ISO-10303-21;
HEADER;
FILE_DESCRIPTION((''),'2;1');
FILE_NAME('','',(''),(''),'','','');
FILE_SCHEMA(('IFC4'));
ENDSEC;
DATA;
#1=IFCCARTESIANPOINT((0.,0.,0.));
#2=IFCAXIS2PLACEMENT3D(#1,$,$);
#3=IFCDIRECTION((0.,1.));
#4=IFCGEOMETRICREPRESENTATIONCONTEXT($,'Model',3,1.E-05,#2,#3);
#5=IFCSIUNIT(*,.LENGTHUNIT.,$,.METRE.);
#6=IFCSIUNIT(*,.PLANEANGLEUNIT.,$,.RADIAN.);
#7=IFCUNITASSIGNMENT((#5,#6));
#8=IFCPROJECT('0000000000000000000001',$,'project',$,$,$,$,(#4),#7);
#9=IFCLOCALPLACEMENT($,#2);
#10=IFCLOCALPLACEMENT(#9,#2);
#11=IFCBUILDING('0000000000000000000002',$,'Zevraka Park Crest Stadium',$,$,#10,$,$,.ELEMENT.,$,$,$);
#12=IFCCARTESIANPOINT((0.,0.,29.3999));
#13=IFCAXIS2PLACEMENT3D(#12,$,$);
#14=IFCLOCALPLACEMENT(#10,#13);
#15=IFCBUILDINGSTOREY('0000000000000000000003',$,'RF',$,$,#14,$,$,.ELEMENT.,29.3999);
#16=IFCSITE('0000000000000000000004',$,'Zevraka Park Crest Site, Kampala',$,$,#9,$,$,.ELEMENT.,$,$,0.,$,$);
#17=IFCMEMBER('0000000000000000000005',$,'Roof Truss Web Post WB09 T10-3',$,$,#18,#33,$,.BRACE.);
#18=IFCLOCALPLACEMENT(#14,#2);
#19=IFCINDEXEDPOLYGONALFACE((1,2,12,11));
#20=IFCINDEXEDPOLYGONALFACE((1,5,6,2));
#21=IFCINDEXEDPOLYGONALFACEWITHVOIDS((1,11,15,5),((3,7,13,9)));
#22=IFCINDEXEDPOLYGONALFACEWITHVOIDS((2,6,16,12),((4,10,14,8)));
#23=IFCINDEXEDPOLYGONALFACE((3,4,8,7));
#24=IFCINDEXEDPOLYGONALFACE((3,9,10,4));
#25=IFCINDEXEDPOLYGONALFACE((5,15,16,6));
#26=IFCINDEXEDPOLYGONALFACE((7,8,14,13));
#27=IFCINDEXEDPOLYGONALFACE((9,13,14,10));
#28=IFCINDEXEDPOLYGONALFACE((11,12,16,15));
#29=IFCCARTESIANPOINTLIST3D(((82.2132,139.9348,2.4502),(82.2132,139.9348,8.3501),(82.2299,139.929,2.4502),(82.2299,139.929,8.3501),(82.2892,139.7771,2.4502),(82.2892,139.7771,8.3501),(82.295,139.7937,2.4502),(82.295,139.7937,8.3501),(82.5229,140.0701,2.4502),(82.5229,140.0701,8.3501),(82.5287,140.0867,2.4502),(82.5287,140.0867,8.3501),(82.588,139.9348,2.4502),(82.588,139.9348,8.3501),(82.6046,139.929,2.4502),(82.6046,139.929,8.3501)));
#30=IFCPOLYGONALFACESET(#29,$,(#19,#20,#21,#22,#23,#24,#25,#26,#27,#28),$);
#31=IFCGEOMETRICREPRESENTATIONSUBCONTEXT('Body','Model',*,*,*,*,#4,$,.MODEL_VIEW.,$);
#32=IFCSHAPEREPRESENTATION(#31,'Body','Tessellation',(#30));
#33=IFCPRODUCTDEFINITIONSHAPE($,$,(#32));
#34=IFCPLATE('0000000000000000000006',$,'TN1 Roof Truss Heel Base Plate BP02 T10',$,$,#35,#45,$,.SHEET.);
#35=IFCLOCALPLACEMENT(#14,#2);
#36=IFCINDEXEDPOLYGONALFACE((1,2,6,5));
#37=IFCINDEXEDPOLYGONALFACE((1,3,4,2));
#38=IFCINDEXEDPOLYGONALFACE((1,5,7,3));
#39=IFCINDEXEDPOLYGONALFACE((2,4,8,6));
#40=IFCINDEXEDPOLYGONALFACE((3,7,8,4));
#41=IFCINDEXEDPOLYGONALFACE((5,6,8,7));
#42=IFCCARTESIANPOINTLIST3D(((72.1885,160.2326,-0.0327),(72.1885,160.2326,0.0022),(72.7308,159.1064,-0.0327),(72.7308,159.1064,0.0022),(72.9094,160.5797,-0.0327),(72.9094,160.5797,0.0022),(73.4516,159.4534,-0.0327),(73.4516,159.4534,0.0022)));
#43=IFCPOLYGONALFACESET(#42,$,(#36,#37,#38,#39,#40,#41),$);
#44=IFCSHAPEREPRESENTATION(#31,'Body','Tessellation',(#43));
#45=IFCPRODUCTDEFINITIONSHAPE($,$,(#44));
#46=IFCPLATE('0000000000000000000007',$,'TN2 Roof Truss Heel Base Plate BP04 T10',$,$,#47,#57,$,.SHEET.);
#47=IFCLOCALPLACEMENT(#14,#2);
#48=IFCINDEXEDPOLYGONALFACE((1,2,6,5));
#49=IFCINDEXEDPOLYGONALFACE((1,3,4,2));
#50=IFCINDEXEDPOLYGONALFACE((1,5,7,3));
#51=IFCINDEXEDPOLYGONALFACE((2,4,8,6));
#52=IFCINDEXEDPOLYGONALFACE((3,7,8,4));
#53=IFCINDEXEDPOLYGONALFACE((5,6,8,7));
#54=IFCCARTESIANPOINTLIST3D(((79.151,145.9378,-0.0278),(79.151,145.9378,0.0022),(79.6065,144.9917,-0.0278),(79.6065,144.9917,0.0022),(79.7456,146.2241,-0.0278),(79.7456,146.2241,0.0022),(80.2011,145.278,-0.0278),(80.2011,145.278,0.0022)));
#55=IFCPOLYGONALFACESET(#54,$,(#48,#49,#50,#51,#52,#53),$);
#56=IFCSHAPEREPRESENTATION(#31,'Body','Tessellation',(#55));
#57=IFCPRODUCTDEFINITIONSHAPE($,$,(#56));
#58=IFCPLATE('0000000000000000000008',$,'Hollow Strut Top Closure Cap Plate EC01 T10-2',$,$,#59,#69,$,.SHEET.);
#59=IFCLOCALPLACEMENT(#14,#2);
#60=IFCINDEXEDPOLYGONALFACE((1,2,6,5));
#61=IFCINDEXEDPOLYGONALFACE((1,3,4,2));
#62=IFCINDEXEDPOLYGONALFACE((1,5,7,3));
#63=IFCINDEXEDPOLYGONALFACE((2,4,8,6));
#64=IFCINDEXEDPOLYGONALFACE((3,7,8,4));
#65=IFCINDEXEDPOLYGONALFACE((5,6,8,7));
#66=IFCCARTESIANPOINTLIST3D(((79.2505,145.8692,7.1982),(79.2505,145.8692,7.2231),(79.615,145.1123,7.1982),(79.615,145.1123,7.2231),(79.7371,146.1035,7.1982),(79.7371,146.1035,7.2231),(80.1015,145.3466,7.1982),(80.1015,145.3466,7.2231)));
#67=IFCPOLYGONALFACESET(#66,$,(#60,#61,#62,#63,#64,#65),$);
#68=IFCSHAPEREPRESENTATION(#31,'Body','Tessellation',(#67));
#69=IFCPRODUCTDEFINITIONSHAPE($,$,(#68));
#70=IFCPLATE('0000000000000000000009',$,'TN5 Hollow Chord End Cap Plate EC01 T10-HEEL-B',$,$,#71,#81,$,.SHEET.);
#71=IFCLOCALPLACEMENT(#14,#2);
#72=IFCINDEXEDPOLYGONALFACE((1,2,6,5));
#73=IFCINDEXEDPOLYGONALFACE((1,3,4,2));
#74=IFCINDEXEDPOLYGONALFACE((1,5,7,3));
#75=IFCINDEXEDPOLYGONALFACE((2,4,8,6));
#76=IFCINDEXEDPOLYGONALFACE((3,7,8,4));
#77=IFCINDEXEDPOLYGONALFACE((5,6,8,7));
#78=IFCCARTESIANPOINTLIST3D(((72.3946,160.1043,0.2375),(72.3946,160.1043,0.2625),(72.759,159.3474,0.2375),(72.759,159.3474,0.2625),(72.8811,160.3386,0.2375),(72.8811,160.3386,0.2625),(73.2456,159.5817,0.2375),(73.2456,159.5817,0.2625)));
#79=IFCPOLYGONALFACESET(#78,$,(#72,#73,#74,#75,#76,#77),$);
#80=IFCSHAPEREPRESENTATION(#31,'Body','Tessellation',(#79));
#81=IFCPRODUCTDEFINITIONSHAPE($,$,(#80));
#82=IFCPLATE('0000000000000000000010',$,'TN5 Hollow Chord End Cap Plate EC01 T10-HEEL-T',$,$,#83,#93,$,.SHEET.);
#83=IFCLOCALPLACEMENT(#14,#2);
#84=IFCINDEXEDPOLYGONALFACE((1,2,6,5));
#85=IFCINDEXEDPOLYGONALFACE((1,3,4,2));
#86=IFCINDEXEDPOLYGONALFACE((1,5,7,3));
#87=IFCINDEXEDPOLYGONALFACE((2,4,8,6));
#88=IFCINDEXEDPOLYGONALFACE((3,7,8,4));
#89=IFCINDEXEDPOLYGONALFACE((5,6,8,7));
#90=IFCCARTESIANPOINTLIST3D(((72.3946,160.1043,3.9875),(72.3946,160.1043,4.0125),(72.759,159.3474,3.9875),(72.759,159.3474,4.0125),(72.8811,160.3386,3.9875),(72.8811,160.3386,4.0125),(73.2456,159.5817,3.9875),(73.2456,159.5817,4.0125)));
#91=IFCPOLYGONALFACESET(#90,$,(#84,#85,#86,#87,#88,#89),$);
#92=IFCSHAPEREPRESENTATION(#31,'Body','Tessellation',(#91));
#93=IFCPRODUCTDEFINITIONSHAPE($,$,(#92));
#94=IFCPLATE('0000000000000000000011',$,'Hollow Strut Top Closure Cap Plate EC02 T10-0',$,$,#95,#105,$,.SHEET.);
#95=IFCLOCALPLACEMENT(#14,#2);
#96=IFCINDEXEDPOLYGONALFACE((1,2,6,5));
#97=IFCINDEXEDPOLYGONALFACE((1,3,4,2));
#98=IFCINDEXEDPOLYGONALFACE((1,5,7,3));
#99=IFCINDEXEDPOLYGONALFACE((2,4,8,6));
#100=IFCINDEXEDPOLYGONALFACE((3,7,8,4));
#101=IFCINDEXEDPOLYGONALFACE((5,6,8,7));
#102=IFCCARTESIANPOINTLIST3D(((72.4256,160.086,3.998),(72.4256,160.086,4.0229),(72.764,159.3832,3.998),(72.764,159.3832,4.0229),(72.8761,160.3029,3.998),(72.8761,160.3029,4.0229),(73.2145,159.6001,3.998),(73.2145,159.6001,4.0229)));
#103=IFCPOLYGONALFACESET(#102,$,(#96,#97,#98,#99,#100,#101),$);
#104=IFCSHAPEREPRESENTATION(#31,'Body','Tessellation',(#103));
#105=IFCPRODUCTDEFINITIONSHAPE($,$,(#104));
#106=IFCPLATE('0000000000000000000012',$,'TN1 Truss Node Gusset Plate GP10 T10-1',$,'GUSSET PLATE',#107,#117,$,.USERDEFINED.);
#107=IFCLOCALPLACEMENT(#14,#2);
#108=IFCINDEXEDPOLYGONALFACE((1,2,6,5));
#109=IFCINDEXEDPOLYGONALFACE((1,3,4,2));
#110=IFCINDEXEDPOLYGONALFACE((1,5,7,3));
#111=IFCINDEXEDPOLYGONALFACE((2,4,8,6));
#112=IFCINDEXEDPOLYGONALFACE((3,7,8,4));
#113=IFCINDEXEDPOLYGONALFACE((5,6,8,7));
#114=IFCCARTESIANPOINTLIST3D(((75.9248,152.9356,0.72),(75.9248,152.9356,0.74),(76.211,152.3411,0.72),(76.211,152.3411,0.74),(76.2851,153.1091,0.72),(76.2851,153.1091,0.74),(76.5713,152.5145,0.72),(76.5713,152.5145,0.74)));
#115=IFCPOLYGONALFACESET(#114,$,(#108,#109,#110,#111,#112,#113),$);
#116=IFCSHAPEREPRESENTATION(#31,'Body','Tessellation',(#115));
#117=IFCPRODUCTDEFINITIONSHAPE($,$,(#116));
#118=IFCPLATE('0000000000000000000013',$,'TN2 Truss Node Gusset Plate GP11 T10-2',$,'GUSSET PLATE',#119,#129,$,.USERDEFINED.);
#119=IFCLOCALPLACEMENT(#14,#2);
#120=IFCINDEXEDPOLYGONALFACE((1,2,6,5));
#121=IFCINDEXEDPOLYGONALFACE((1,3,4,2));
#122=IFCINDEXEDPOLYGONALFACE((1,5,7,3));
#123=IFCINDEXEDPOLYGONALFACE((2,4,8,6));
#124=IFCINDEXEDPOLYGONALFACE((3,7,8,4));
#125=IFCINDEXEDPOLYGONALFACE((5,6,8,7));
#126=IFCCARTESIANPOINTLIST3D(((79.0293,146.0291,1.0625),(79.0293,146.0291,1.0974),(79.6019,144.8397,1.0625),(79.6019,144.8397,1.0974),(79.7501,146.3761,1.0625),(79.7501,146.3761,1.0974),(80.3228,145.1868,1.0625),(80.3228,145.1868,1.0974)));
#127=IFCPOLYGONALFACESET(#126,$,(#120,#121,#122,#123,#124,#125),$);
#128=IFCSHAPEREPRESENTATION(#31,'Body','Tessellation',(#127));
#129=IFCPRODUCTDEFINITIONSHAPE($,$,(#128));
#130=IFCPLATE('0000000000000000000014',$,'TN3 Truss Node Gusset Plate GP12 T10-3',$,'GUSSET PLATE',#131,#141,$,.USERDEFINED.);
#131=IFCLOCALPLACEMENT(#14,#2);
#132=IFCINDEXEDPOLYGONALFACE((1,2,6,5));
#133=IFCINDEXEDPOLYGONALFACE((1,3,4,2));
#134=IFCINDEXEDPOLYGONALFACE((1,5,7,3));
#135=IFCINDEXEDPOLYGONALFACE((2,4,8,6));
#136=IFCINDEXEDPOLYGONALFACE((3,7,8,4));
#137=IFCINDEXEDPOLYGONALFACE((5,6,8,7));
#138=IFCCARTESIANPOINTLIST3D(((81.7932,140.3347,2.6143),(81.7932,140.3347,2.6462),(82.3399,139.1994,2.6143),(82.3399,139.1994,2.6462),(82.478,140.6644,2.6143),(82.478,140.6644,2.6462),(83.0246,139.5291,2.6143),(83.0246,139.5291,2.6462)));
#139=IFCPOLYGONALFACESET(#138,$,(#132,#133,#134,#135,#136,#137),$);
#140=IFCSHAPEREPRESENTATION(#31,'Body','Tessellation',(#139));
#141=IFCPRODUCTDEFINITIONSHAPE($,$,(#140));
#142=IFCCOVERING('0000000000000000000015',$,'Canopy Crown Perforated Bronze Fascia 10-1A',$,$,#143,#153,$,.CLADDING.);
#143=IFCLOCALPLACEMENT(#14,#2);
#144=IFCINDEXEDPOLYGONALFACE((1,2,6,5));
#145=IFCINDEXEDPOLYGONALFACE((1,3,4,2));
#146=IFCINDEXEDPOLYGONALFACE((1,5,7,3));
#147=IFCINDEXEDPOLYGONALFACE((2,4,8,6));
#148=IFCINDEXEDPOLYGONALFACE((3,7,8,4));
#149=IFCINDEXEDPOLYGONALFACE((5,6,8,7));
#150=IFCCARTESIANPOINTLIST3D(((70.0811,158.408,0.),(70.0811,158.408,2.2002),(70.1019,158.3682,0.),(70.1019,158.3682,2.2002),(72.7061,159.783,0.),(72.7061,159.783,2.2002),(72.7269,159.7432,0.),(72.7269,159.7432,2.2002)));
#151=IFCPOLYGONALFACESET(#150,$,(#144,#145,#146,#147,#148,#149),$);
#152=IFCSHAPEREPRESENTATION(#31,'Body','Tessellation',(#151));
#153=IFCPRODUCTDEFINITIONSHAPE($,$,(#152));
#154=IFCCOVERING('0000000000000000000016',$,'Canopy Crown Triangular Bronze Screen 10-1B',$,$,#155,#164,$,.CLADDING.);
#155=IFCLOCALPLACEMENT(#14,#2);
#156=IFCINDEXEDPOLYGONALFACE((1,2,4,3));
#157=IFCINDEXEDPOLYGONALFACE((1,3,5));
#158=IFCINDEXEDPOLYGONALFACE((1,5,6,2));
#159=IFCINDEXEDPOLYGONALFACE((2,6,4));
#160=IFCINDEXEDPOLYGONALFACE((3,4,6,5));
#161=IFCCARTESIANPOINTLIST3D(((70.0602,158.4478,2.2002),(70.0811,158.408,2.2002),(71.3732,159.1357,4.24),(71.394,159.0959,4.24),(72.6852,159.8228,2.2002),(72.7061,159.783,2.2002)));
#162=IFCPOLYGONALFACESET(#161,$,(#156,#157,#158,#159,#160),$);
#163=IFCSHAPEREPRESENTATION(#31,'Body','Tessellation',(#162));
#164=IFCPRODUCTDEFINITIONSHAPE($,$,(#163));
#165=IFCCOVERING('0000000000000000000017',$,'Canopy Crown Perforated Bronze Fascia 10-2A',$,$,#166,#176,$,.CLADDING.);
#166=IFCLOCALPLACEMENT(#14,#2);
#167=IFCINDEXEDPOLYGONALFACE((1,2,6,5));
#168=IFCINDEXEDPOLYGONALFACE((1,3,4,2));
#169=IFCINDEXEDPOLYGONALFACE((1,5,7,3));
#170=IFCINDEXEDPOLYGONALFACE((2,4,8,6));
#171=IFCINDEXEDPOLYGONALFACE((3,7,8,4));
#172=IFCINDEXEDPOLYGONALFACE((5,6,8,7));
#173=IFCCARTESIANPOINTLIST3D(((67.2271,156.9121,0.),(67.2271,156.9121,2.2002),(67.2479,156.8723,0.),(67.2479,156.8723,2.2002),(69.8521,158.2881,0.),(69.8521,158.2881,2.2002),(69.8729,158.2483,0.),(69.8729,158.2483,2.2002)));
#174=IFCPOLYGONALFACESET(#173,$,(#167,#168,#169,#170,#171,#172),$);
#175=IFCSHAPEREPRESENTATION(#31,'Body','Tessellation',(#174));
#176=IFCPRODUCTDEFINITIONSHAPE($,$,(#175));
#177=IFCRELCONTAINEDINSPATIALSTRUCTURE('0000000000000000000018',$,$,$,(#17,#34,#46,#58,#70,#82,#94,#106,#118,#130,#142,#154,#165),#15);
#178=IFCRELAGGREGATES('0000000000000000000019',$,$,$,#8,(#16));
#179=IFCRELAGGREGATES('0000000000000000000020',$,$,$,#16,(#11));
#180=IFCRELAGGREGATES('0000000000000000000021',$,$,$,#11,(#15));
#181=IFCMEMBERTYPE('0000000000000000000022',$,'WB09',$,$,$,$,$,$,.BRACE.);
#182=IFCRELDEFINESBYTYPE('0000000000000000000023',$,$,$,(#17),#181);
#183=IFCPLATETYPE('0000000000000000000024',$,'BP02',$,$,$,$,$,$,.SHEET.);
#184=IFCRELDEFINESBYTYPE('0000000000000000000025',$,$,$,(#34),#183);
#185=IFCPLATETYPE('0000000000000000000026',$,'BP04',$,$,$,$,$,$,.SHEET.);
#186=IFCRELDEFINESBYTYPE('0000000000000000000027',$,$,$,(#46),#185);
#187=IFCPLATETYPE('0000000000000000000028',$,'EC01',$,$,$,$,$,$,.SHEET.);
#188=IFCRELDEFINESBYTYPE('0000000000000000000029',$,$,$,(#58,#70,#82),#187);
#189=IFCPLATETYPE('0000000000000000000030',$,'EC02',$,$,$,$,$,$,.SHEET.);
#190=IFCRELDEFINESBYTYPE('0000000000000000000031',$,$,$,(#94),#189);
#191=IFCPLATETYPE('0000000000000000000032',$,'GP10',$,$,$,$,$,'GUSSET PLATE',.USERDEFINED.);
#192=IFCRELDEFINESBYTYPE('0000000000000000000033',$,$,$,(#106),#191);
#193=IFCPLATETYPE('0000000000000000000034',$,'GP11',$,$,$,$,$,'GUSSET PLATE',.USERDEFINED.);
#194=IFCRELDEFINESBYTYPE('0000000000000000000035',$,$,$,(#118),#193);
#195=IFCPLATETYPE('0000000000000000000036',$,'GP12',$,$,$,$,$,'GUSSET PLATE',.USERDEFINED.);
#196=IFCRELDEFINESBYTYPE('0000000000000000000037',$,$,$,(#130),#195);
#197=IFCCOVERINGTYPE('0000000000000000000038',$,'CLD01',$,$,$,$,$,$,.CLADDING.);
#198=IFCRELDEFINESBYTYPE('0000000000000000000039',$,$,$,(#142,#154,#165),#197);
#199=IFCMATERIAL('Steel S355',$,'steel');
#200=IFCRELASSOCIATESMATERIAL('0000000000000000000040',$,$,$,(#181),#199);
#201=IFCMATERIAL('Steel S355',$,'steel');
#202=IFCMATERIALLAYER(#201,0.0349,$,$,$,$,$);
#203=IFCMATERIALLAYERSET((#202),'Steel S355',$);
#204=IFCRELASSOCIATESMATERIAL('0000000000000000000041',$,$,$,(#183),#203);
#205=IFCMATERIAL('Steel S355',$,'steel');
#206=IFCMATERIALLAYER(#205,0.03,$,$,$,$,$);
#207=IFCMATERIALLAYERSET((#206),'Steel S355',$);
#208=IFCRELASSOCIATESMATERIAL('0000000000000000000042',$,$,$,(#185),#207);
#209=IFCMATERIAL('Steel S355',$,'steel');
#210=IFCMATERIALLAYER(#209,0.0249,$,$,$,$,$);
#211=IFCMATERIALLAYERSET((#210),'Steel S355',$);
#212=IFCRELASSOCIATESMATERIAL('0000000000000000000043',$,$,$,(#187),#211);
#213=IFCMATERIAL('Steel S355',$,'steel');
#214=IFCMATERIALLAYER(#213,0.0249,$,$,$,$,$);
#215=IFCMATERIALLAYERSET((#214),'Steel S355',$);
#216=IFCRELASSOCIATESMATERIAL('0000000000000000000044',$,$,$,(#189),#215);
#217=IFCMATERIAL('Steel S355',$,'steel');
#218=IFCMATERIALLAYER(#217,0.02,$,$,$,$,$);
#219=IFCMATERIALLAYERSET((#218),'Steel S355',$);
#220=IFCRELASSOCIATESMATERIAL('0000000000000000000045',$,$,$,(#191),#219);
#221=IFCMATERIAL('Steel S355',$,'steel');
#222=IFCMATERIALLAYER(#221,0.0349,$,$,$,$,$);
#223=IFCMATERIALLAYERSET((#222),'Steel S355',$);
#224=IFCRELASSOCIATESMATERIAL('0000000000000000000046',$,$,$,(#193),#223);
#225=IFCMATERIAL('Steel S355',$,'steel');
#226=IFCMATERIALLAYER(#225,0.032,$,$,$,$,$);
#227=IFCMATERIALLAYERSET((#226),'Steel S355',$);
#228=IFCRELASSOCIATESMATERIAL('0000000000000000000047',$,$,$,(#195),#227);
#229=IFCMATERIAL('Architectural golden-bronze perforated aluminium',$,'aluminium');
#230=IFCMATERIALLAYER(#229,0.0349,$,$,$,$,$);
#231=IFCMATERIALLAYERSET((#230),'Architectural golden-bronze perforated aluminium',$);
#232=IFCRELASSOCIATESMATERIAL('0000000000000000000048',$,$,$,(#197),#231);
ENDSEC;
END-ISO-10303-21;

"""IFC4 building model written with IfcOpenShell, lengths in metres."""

from ifc_helpers import new_model, si_unit, direction, frame, origin, origin_2d, place, context, subcontext, project, spatial, polyline, rectangle, hollow_rectangle, outline, extrude, material, layer, layer_set, material_profile, profile_set, type_object, element, save


model = new_model("IFC4")

# Units and contexts
model_context = context("Model", 3, precision=1e-05, world=origin(), true_north=direction((0.0, 1.0)))
body_context = subcontext(model_context, "Body", "Model", "MODEL_VIEW")
ifc_project = project(units=[si_unit("LENGTHUNIT", "METRE"), si_unit("PLANEANGLEUNIT", "RADIAN")], contexts=[model_context])

# Site, building, storey
site_placement = place(None, origin())
site = spatial("IfcSite", under=ifc_project, at=site_placement, Name="Zevraka Park Crest Site, Kampala", CompositionType="ELEMENT", RefElevation=0.0)
building_placement = place(site_placement, origin())
building = spatial("IfcBuilding", under=site, at=building_placement, Name="Zevraka Park Crest Stadium", CompositionType="ELEMENT")
storey_placement = place(building_placement, frame((0.0, 0.0, 29.3999)))
storey = spatial("IfcBuildingStorey", under=building, at=storey_placement, Name="RF", CompositionType="ELEMENT", Elevation=29.3999)

# Member
ifc_material_1 = material(Name="Steel S355", Category="steel")
ifc_material_profile_1 = material_profile(ifc_material_1, hollow_rectangle(XDim=0.175, YDim=0.3501, WallThickness=0.0125, at=origin_2d()), Name="RHS 350x175x12.5")
ifc_profile_set_1 = profile_set([ifc_material_profile_1], Name="Steel S355")
member_type_1 = type_object("IfcMemberType", Name="WB09", PredefinedType="BRACE", material=ifc_profile_set_1)
member_1_placement = place(storey_placement, frame((82.4089, 139.9319, 2.4502), z_axis=(0.0, 0.0, 1.0), x_axis=(-0.433816, 0.901001, 0.0)))
element("IfcMember", 1, at=member_1_placement, inside=storey, type_object=member_type_1, Name="Roof Truss Web Post WB09 T10-3", PredefinedType="BRACE", context=body_context, shape_type="SweptSolid", body=[
    extrude(hollow_rectangle(XDim=0.175, YDim=0.3501, WallThickness=0.0125, at=origin_2d()), origin(), (0.0, 0.0, 1.0), 5.8999),
])

# Plates
ifc_material_2 = material(Name="Steel S355", Category="steel")
ifc_layer_1 = layer(ifc_material_2, 0.0349)
ifc_layer_set_1 = layer_set([ifc_layer_1], Name="Steel S355")
plate_type_1 = type_object("IfcPlateType", Name="BP02", PredefinedType="SHEET", material=ifc_layer_set_1)
plate_1_placement = place(storey_placement, frame((72.8201, 159.843, -0.0327), z_axis=(0.0, 0.0, 1.0), x_axis=(-0.433816, 0.901001, 0.0)))
element("IfcPlate", 2, at=plate_1_placement, inside=storey, type_object=plate_type_1, Name="TN1 Roof Truss Heel Base Plate BP02 T10", PredefinedType="SHEET", context=body_context, shape_type="SweptSolid", body=[
    extrude(rectangle(XDim=1.25, YDim=0.8, at=origin_2d()), origin(), (0.0, 0.0, 1.0), 0.0349),
])
ifc_material_3 = material(Name="Steel S355", Category="steel")
ifc_layer_2 = layer(ifc_material_3, 0.03)
ifc_layer_set_2 = layer_set([ifc_layer_2], Name="Steel S355")
plate_type_2 = type_object("IfcPlateType", Name="BP04", PredefinedType="SHEET", material=ifc_layer_set_2)
plate_2_placement = place(storey_placement, frame((79.676, 145.6079, -0.0278), z_axis=(0.0, 0.0, 1.0), x_axis=(-0.433816, 0.901001, 0.0)))
element("IfcPlate", 3, at=plate_2_placement, inside=storey, type_object=plate_type_2, Name="TN2 Roof Truss Heel Base Plate BP04 T10", PredefinedType="SHEET", context=body_context, shape_type="SweptSolid", body=[
    extrude(rectangle(XDim=1.05, YDim=0.6599, at=origin_2d()), origin(), (0.0, 0.0, 1.0), 0.03),
])
ifc_material_4 = material(Name="Steel S355", Category="steel")
ifc_layer_3 = layer(ifc_material_4, 0.0249)
ifc_layer_set_3 = layer_set([ifc_layer_3], Name="Steel S355")
plate_type_3 = type_object("IfcPlateType", Name="EC01", PredefinedType="SHEET", material=ifc_layer_set_3)
for number, where, z_axis, x_axis, name in (
    (4, (79.676, 145.6079, 7.1982), (0.0, 0.0, 1.0), (-0.433816, 0.901001, 0.0), "Hollow Strut Top Closure Cap Plate EC01 T10-2"),
    (5, (72.8201, 159.843, 0.2375), (0.0, 0.0, 1.0), (-0.433816, 0.901001, 0.0), "TN5 Hollow Chord End Cap Plate EC01 T10-HEEL-B"),
    (6, (72.8201, 159.843, 3.9875), (0.0, 0.0, 1.0), (-0.433816, 0.901001, 0.0), "TN5 Hollow Chord End Cap Plate EC01 T10-HEEL-T"),
):
    element("IfcPlate", number, at=place(storey_placement, frame(where, z_axis=z_axis, x_axis=x_axis)), inside=storey, type_object=plate_type_3, Name=name, PredefinedType="SHEET", context=body_context, shape_type="SweptSolid", body=[
        extrude(rectangle(XDim=0.8401, YDim=0.54, at=origin_2d()), origin(), (0.0, 0.0, 1.0), 0.0249),
    ])
ifc_material_5 = material(Name="Steel S355", Category="steel")
ifc_layer_4 = layer(ifc_material_5, 0.0249)
ifc_layer_set_4 = layer_set([ifc_layer_4], Name="Steel S355")
plate_type_4 = type_object("IfcPlateType", Name="EC02", PredefinedType="SHEET", material=ifc_layer_set_4)
plate_3_placement = place(storey_placement, frame((72.8201, 159.843, 3.998), z_axis=(0.0, 0.0, 1.0), x_axis=(-0.433816, 0.901001, 0.0)))
element("IfcPlate", 7, at=plate_3_placement, inside=storey, type_object=plate_type_4, Name="Hollow Strut Top Closure Cap Plate EC02 T10-0", PredefinedType="SHEET", context=body_context, shape_type="SweptSolid", body=[
    extrude(rectangle(XDim=0.78, YDim=0.5, at=origin_2d()), origin(), (0.0, 0.0, 1.0), 0.0249),
])
ifc_material_6 = material(Name="Steel S355", Category="steel")
ifc_layer_5 = layer(ifc_material_6, 0.02)
ifc_layer_set_5 = layer_set([ifc_layer_5], Name="Steel S355")
plate_type_5 = type_object("IfcPlateType", Name="GP10", ElementType="GUSSET PLATE", PredefinedType="USERDEFINED", material=ifc_layer_set_5)
plate_4_placement = place(storey_placement, frame((76.248, 152.7251, 0.72), z_axis=(0.0, 0.0, 1.0), x_axis=(-0.433816, 0.901001, 0.0)))
element("IfcPlate", 8, at=plate_4_placement, inside=storey, type_object=plate_type_5, Name="TN1 Truss Node Gusset Plate GP10 T10-1", ObjectType="GUSSET PLATE", PredefinedType="USERDEFINED", context=body_context, shape_type="SweptSolid", body=[
    extrude(rectangle(XDim=0.6599, YDim=0.3999, at=origin_2d()), origin(), (0.0, 0.0, 1.0), 0.02),
])
ifc_material_7 = material(Name="Steel S355", Category="steel")
ifc_layer_6 = layer(ifc_material_7, 0.0349)
ifc_layer_set_6 = layer_set([ifc_layer_6], Name="Steel S355")
plate_type_6 = type_object("IfcPlateType", Name="GP11", ElementType="GUSSET PLATE", PredefinedType="USERDEFINED", material=ifc_layer_set_6)
plate_5_placement = place(storey_placement, frame((79.676, 145.6079, 1.0625), z_axis=(0.0, 0.0, 1.0), x_axis=(-0.433816, 0.901001, 0.0)))
element("IfcPlate", 9, at=plate_5_placement, inside=storey, type_object=plate_type_6, Name="TN2 Truss Node Gusset Plate GP11 T10-2", ObjectType="GUSSET PLATE", PredefinedType="USERDEFINED", context=body_context, shape_type="SweptSolid", body=[
    extrude(rectangle(XDim=1.3201, YDim=0.8, at=origin_2d()), origin(), (0.0, 0.0, 1.0), 0.0349),
])
ifc_material_8 = material(Name="Steel S355", Category="steel")
ifc_layer_7 = layer(ifc_material_8, 0.032)
ifc_layer_set_7 = layer_set([ifc_layer_7], Name="Steel S355")
plate_type_7 = type_object("IfcPlateType", Name="GP12", ElementType="GUSSET PLATE", PredefinedType="USERDEFINED", material=ifc_layer_set_7)
plate_6_placement = place(storey_placement, frame((82.4089, 139.9319, 2.6143), z_axis=(0.0, 0.0, 1.0), x_axis=(-0.433816, 0.901001, 0.0)))
element("IfcPlate", 10, at=plate_6_placement, inside=storey, type_object=plate_type_7, Name="TN3 Truss Node Gusset Plate GP12 T10-3", ObjectType="GUSSET PLATE", PredefinedType="USERDEFINED", context=body_context, shape_type="SweptSolid", body=[
    extrude(rectangle(XDim=1.26, YDim=0.76, at=origin_2d()), origin(), (0.0, 0.0, 1.0), 0.032),
])

# Coverings
ifc_material_9 = material(Name="Architectural golden-bronze perforated aluminium", Category="aluminium")
ifc_layer_8 = layer(ifc_material_9, 0.0349)
ifc_layer_set_8 = layer_set([ifc_layer_8], Name="Architectural golden-bronze perforated aluminium")
covering_type = type_object("IfcCoveringType", Name="CLD01", PredefinedType="CLADDING", material=ifc_layer_set_8)
covering_1_placement = place(storey_placement, frame((72.7061, 159.783, 0.0), z_axis=(-0.464007, 0.885832, 0.0), x_axis=(-0.885832, -0.464007, 0.0)))
element("IfcCovering", 11, at=covering_1_placement, inside=storey, type_object=covering_type, Name="Canopy Crown Perforated Bronze Fascia 10-1A", PredefinedType="CLADDING", context=body_context, shape_type="SweptSolid", body=[
    extrude(outline(polyline([(0.0, 0.0), (2.9633, 0.0), (2.9633, 2.2002), (0.0, 2.2002), (0.0, 0.0)])), origin(), (0.0, 0.0, -1.0), 0.0449),
])
covering_2_placement = place(storey_placement, frame((72.7061, 159.783, 2.2002), z_axis=(0.464007, -0.885832, 0.000101), x_axis=(-0.885832, -0.464007, 0.0)))
element("IfcCovering", 12, at=covering_2_placement, inside=storey, type_object=covering_type, Name="Canopy Crown Triangular Bronze Screen 10-1B", PredefinedType="CLADDING", context=body_context, shape_type="SweptSolid", body=[
    extrude(outline(polyline([(0.0, 0.0), (2.9633, 0.0), (1.481, -2.0398), (0.0, 0.0)])), origin(), (0.0, 0.0, -1.0), 0.0449),
])
covering_3_placement = place(storey_placement, frame((69.8521, 158.2881, 0.0), z_axis=(-0.464266, 0.885696, 0.0), x_axis=(-0.885696, -0.464266, 0.0)))
element("IfcCovering", 13, at=covering_3_placement, inside=storey, type_object=covering_type, Name="Canopy Crown Perforated Bronze Fascia 10-2A", PredefinedType="CLADDING", context=body_context, shape_type="SweptSolid", body=[
    extrude(outline(polyline([(0.0, 0.0), (2.9638, 0.0), (2.9638, 2.2002), (0.0, 2.2002), (0.0, 0.0)])), origin(), (0.0, 0.0, -1.0), 0.0449),
])

save(model, "model.ifc")
